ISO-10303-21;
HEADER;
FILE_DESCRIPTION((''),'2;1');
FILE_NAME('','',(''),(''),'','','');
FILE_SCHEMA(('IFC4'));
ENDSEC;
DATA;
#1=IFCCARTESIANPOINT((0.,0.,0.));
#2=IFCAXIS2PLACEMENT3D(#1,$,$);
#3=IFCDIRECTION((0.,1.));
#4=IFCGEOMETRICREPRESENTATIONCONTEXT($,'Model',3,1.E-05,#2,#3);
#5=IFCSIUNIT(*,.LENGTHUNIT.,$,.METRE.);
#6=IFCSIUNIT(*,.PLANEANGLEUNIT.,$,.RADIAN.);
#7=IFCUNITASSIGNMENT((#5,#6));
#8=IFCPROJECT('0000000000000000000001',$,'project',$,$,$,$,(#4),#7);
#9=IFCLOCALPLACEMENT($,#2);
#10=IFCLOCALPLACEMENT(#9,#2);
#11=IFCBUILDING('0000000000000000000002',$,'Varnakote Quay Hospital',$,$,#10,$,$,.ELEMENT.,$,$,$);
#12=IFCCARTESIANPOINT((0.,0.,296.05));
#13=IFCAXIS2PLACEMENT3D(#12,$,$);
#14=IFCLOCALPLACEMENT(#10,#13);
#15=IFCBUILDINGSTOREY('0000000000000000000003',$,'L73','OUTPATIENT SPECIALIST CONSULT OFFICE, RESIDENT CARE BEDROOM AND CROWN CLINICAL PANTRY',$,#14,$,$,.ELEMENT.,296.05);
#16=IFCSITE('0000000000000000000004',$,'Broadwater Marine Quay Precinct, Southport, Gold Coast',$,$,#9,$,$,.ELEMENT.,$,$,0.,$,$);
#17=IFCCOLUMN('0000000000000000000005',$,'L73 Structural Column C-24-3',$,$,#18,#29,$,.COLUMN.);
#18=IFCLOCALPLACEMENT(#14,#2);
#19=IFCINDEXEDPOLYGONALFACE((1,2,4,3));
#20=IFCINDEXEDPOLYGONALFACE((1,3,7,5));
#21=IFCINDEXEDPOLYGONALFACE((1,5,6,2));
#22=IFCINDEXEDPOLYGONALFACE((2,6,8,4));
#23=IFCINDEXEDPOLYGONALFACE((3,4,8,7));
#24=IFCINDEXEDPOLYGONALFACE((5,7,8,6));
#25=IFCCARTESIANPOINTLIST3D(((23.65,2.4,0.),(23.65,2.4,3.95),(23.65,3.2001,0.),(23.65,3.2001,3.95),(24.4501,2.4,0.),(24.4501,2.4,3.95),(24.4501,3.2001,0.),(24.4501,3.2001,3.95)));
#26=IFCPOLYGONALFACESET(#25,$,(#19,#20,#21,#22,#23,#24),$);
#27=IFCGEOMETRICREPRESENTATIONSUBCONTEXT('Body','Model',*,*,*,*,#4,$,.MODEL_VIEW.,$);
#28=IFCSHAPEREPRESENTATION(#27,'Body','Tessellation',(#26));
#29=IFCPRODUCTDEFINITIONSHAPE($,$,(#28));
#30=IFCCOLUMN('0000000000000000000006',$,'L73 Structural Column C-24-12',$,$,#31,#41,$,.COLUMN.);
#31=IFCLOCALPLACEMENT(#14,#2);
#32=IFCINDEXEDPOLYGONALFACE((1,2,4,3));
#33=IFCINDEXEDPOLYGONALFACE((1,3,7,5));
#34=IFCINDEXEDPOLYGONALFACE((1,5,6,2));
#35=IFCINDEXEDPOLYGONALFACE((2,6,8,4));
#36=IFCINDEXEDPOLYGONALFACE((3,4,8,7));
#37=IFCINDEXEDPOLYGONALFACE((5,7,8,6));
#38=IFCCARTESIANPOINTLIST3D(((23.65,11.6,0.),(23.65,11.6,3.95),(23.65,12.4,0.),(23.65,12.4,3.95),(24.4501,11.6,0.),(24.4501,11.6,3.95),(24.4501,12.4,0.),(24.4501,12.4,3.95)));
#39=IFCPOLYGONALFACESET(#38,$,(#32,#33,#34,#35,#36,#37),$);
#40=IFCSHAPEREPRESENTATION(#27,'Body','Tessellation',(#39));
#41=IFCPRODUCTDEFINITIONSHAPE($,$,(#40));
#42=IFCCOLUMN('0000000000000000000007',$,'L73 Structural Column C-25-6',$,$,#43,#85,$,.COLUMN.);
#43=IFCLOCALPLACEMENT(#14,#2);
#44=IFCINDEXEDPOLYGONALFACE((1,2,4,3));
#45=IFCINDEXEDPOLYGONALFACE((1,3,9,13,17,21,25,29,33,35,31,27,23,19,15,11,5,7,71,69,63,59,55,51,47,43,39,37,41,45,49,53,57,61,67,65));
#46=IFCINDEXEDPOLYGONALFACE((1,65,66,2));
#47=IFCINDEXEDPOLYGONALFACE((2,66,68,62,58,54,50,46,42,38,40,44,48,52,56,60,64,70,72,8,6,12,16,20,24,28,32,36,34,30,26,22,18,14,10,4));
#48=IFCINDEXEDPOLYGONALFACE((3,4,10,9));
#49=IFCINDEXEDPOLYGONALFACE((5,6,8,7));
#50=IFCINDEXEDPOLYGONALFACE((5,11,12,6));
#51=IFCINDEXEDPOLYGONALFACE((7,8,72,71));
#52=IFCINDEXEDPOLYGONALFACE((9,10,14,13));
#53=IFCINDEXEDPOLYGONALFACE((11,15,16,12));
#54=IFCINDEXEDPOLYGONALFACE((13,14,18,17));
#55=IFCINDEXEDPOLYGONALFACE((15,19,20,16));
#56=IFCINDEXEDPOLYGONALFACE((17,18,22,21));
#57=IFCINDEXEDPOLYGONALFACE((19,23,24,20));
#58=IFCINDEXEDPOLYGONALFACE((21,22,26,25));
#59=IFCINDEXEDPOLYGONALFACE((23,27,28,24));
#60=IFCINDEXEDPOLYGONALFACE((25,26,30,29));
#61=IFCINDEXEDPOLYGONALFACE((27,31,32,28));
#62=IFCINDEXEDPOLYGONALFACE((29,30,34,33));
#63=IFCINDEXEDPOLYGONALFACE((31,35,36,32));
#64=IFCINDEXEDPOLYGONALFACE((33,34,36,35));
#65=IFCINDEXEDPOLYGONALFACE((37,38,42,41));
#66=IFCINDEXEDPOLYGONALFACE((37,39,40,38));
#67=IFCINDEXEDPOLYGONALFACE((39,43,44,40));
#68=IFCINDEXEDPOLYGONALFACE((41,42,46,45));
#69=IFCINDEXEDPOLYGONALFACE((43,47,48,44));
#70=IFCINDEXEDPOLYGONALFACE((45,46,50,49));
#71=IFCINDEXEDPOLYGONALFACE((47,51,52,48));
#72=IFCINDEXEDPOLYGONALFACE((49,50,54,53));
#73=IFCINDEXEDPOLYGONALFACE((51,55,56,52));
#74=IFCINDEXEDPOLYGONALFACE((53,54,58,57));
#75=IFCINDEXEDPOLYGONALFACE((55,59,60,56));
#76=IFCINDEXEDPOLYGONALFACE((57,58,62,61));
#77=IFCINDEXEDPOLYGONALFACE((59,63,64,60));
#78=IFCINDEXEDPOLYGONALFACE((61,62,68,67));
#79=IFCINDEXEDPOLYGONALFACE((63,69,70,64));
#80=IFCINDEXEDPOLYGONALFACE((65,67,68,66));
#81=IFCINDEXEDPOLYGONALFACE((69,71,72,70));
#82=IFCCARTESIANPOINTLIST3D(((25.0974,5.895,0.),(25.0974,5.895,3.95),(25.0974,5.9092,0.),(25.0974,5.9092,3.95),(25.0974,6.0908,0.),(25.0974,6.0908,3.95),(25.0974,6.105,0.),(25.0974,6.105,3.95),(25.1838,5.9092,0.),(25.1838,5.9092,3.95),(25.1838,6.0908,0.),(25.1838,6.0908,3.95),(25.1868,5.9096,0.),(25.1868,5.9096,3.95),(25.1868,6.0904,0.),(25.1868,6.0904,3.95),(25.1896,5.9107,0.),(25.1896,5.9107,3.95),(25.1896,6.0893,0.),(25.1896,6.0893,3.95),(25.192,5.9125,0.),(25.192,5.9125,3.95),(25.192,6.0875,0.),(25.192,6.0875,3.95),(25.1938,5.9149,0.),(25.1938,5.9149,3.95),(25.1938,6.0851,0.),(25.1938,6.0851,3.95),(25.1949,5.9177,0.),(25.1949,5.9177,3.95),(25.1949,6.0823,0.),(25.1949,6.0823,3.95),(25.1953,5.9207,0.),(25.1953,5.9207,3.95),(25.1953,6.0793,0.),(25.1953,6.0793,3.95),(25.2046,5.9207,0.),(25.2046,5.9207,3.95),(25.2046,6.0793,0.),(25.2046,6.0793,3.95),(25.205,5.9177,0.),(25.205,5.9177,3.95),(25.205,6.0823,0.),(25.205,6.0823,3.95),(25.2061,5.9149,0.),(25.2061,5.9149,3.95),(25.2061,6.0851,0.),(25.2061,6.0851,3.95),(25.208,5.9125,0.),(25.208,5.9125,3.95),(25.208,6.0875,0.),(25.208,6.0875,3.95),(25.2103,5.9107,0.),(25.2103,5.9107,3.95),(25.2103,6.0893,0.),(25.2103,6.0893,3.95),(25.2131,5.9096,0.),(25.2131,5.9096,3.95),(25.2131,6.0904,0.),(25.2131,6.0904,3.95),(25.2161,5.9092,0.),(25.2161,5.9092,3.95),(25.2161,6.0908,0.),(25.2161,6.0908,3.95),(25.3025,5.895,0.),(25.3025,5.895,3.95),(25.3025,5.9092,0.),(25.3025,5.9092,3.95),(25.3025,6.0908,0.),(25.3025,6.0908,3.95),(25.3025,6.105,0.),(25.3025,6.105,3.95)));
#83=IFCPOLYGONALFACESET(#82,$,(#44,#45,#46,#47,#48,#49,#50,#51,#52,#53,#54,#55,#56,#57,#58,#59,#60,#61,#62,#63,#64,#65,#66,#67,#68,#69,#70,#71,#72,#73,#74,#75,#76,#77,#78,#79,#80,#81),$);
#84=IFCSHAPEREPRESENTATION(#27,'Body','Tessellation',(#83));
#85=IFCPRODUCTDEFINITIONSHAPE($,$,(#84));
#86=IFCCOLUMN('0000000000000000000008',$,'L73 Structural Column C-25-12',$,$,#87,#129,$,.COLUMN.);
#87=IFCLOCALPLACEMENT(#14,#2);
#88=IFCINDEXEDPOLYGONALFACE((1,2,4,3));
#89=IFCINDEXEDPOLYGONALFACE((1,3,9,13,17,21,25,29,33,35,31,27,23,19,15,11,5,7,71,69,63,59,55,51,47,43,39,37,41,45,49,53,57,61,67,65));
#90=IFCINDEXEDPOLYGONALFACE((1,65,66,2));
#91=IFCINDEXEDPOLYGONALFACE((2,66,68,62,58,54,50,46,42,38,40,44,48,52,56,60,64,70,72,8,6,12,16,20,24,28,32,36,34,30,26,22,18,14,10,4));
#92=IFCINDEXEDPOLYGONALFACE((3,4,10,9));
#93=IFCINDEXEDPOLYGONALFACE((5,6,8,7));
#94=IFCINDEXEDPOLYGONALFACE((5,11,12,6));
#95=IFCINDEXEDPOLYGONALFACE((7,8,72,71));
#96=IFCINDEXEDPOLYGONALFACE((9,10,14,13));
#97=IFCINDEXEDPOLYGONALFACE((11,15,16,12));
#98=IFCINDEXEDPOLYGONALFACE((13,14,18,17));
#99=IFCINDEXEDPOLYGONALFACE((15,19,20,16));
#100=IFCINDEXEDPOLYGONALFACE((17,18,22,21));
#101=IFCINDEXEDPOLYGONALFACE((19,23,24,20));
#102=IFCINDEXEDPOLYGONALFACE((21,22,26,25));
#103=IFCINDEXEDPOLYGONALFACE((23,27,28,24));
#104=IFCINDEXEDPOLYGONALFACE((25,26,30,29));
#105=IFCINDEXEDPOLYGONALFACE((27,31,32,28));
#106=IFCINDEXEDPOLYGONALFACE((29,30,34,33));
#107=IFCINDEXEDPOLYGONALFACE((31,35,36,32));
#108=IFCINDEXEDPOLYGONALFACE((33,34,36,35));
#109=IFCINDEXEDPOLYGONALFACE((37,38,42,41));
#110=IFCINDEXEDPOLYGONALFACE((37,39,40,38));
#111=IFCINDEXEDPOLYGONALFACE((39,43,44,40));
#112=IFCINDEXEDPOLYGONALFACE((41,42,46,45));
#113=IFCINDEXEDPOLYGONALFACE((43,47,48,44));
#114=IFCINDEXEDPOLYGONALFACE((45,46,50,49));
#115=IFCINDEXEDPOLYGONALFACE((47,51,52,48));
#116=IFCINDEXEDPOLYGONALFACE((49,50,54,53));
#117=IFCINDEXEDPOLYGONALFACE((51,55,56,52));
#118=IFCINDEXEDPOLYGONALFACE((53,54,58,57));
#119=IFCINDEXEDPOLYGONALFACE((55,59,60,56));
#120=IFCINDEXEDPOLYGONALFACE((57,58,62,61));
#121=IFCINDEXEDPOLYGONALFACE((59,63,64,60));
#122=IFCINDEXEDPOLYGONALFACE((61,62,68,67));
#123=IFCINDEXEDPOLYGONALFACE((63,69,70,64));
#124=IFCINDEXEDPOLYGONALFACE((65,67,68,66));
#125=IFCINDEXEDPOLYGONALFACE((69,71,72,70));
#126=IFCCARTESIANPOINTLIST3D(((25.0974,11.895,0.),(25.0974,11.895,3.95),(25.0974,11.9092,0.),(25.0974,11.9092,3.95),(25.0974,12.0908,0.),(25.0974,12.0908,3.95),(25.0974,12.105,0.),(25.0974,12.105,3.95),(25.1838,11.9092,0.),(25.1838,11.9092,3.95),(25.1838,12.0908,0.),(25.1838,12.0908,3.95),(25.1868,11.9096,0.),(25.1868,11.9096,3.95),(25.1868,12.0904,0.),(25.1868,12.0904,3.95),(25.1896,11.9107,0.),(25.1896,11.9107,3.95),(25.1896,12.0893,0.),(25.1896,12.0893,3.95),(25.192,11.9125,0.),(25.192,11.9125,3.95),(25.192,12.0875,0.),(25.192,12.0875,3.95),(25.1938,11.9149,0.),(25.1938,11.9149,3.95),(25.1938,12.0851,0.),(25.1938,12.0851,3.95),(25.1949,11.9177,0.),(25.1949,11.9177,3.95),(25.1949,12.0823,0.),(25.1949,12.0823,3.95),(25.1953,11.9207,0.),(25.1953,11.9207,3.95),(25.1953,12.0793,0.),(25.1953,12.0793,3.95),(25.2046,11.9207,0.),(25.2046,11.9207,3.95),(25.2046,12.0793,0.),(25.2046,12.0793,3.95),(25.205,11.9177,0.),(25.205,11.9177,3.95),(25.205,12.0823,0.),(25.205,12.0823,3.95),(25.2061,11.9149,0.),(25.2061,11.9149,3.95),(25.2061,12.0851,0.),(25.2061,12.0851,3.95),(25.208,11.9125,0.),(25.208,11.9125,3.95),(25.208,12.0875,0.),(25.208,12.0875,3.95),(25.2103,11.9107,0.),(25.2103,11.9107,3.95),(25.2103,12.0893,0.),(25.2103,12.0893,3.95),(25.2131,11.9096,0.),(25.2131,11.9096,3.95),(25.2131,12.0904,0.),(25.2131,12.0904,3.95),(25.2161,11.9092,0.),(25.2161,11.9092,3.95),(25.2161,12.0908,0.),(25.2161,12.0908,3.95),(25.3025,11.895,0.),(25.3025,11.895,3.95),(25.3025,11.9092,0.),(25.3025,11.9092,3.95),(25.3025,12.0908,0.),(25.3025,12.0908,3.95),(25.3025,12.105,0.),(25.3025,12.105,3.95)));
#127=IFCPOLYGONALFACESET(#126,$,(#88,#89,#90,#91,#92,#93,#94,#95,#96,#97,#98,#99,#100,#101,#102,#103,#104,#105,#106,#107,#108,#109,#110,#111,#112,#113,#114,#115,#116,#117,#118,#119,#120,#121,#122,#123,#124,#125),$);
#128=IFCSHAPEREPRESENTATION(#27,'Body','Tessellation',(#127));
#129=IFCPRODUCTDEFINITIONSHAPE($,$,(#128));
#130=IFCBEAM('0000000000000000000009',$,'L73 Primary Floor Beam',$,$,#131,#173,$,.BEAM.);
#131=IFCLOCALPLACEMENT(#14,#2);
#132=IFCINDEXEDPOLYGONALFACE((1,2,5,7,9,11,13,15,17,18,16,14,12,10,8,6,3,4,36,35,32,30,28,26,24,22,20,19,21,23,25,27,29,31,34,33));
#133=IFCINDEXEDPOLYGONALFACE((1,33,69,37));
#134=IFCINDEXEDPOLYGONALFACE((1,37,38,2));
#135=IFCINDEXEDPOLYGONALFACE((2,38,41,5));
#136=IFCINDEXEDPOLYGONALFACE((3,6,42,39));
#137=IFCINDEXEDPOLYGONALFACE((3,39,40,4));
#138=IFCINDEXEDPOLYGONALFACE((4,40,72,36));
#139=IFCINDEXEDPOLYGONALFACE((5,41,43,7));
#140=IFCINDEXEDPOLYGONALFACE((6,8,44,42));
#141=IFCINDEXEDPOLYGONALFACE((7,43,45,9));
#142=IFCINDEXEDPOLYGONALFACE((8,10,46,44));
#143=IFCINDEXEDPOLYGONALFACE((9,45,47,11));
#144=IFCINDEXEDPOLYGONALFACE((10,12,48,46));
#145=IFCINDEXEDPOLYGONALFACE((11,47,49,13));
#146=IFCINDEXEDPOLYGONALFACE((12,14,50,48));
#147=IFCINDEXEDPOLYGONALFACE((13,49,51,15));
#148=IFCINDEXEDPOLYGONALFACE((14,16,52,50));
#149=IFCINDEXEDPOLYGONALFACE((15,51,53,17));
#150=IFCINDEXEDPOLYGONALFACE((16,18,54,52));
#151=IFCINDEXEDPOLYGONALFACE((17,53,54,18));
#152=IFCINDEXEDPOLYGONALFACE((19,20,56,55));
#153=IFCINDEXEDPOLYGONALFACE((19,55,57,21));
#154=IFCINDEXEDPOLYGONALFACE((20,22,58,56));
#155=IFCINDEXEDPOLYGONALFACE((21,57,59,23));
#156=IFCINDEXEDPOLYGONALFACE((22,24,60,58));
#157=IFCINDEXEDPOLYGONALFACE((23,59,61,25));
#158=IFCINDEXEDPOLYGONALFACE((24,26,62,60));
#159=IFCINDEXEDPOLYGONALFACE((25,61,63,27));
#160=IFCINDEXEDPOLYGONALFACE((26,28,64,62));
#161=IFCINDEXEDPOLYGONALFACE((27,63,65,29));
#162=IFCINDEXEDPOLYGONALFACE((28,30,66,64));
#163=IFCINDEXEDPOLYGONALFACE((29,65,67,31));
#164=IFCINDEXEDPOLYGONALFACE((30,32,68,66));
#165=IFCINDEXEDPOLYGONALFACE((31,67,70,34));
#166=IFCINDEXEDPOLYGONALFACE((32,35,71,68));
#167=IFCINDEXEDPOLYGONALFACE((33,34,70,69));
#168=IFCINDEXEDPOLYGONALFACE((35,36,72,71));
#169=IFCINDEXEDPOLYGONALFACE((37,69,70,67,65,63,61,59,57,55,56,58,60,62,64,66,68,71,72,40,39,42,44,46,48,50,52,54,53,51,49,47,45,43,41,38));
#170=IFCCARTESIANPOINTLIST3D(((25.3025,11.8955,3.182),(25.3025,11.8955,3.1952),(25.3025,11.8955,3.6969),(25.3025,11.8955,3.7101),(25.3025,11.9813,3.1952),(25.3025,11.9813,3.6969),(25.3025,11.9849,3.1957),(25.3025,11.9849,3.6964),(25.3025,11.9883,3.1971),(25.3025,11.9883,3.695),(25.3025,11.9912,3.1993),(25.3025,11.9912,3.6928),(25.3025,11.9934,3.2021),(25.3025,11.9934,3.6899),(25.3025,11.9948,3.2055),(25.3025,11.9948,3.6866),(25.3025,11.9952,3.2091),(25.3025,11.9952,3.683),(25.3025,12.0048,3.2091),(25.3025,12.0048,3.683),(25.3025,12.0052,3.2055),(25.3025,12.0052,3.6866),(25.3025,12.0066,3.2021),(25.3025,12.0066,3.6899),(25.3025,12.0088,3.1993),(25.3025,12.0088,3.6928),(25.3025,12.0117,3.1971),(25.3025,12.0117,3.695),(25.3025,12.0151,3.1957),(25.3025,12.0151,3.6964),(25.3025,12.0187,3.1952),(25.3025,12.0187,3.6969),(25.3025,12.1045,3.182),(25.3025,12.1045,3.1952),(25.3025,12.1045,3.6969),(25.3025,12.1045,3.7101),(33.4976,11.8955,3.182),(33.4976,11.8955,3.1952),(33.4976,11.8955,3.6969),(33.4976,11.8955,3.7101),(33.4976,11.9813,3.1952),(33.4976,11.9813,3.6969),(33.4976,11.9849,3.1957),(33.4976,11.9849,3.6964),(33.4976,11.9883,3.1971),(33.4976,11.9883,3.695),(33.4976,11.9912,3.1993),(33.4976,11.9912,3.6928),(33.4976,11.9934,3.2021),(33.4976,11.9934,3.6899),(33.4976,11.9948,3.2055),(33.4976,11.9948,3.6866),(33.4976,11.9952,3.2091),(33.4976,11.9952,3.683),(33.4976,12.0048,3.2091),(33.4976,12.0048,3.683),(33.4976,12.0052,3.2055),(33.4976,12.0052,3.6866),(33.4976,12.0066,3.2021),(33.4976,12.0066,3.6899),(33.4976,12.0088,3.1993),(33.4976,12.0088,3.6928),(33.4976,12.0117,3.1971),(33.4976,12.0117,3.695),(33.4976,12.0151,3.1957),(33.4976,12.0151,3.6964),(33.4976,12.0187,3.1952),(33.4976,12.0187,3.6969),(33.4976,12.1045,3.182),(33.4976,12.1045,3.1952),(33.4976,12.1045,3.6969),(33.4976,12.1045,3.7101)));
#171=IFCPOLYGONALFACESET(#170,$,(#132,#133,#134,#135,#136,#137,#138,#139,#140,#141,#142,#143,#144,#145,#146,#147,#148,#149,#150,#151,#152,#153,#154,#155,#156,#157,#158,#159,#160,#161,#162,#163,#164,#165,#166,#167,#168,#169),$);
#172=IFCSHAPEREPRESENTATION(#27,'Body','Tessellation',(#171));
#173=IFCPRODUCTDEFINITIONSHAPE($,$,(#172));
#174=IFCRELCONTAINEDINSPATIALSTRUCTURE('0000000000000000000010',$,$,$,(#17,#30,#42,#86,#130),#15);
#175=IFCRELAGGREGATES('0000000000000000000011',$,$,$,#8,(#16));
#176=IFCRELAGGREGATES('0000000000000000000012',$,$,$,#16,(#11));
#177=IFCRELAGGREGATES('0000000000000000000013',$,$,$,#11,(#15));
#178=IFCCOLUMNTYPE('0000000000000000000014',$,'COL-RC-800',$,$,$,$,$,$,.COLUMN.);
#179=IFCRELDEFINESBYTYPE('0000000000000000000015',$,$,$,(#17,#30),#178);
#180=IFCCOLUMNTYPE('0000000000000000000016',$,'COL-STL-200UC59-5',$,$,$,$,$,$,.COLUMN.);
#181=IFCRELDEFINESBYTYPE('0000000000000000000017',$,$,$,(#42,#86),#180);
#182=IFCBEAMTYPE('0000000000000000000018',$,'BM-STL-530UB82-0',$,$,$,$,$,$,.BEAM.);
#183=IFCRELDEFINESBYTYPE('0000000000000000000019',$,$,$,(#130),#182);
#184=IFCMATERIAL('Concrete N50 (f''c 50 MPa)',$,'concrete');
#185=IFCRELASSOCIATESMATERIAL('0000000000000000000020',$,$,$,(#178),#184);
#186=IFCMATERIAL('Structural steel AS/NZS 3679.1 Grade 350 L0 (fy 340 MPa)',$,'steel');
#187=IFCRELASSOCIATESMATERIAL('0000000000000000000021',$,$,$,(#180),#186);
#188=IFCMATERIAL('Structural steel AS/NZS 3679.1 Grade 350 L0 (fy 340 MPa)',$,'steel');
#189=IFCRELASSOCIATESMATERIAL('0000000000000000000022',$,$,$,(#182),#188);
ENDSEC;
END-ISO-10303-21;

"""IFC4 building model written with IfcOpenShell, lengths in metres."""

from ifc_helpers import new_model, si_unit, direction, frame, origin, origin_2d, place, context, subcontext, project, spatial, rectangle, i_section, extrude, material, material_profile, profile_set, type_object, element, save


model = new_model("IFC4")

# Units and contexts
model_context = context("Model", 3, precision=1e-05, world=origin(), true_north=direction((0.0, 1.0)))
body_context = subcontext(model_context, "Body", "Model", "MODEL_VIEW")
ifc_project = project(units=[si_unit("LENGTHUNIT", "METRE"), si_unit("PLANEANGLEUNIT", "RADIAN")], contexts=[model_context])

# Site, building, storey
site_placement = place(None, origin())
site = spatial("IfcSite", under=ifc_project, at=site_placement, Name="Broadwater Marine Quay Precinct, Southport, Gold Coast", CompositionType="ELEMENT", RefElevation=0.0)
building_placement = place(site_placement, origin())
building = spatial("IfcBuilding", under=site, at=building_placement, Name="Varnakote Quay Hospital", CompositionType="ELEMENT")
storey_placement = place(building_placement, frame((0.0, 0.0, 296.05)))
storey = spatial("IfcBuildingStorey", under=building, at=storey_placement, Name="L73", Description="OUTPATIENT SPECIALIST CONSULT OFFICE, RESIDENT CARE BEDROOM AND CROWN CLINICAL PANTRY", CompositionType="ELEMENT", Elevation=296.05)

# Columns
ifc_material_1 = material(Name="Concrete N50 (f'c 50 MPa)", Category="concrete")
ifc_material_profile_1 = material_profile(ifc_material_1, rectangle(XDim=0.8, YDim=0.8, at=origin_2d()), Name="RC-COL-800x800")
ifc_profile_set_1 = profile_set([ifc_material_profile_1], Name="Concrete N50 (f'c 50 MPa)")
column_type_1 = type_object("IfcColumnType", Name="COL-RC-800", PredefinedType="COLUMN", material=ifc_profile_set_1)
for number, where, z_axis, x_axis, name in (
    (1, (24.05, 2.8, 0.0), (0.0, 0.0, 1.0), (1.0, 0.0, 0.0), "L73 Structural Column C-24-3"),
    (2, (24.05, 12.0, 0.0), (0.0, 0.0, 1.0), (1.0, 0.0, 0.0), "L73 Structural Column C-24-12"),
):
    element("IfcColumn", number, at=place(storey_placement, frame(where, z_axis=z_axis, x_axis=x_axis)), inside=storey, type_object=column_type_1, Name=name, PredefinedType="COLUMN", context=body_context, shape_type="SweptSolid", body=[
        extrude(rectangle(XDim=0.8, YDim=0.8, at=origin_2d()), origin(), (0.0, 0.0, 1.0), 3.95),
    ])
ifc_material_2 = material(Name="Structural steel AS/NZS 3679.1 Grade 350 L0 (fy 340 MPa)", Category="steel")
ifc_material_profile_2 = material_profile(ifc_material_2, i_section(OverallWidth=0.2051, OverallDepth=0.21, WebThickness=0.0093, FlangeThickness=0.0142, FilletRadius=0.0115, at=origin_2d()), Name="200UC59.5")
ifc_profile_set_2 = profile_set([ifc_material_profile_2], Name="Structural steel AS/NZS 3679.1 Grade 350 L0 (fy 340 MPa)")
column_type_2 = type_object("IfcColumnType", Name="COL-STL-200UC59-5", PredefinedType="COLUMN", material=ifc_profile_set_2)
for number, where, z_axis, x_axis, name in (
    (3, (25.2, 6.0, 0.0), (0.0, 0.0, 1.0), (1.0, 0.0, 0.0), "L73 Structural Column C-25-6"),
    (4, (25.2, 12.0, 0.0), (0.0, 0.0, 1.0), (1.0, 0.0, 0.0), "L73 Structural Column C-25-12"),
):
    element("IfcColumn", number, at=place(storey_placement, frame(where, z_axis=z_axis, x_axis=x_axis)), inside=storey, type_object=column_type_2, Name=name, PredefinedType="COLUMN", context=body_context, shape_type="SweptSolid", body=[
        extrude(i_section(OverallWidth=0.2051, OverallDepth=0.21, WebThickness=0.0093, FlangeThickness=0.0142, FilletRadius=0.0115, at=origin_2d()), origin(), (0.0, 0.0, 1.0), 3.95),
    ])

# Beam
ifc_material_3 = material(Name="Structural steel AS/NZS 3679.1 Grade 350 L0 (fy 340 MPa)", Category="steel")
ifc_material_profile_3 = material_profile(ifc_material_3, i_section(OverallWidth=0.209, OverallDepth=0.5281, WebThickness=0.0095, FlangeThickness=0.0132, FilletRadius=0.0139, at=origin_2d()), Name="530UB82.0")
ifc_profile_set_3 = profile_set([ifc_material_profile_3], Name="Structural steel AS/NZS 3679.1 Grade 350 L0 (fy 340 MPa)")
beam_type_1 = type_object("IfcBeamType", Name="BM-STL-530UB82-0", PredefinedType="BEAM", material=ifc_profile_set_3)
beam_1_placement = place(storey_placement, frame((25.3025, 12.0, 3.446), z_axis=(1.0, 0.0, 0.0), x_axis=(0.0, 1.0, 0.0)))
element("IfcBeam", 5, at=beam_1_placement, inside=storey, type_object=beam_type_1, Name="L73 Primary Floor Beam", PredefinedType="BEAM", context=body_context, shape_type="SweptSolid", body=[
    extrude(i_section(OverallWidth=0.209, OverallDepth=0.5281, WebThickness=0.0095, FlangeThickness=0.0132, FilletRadius=0.0139, at=origin_2d()), origin(), (0.0, 0.0, 1.0), 8.1951),
])

save(model, "model.ifc")
